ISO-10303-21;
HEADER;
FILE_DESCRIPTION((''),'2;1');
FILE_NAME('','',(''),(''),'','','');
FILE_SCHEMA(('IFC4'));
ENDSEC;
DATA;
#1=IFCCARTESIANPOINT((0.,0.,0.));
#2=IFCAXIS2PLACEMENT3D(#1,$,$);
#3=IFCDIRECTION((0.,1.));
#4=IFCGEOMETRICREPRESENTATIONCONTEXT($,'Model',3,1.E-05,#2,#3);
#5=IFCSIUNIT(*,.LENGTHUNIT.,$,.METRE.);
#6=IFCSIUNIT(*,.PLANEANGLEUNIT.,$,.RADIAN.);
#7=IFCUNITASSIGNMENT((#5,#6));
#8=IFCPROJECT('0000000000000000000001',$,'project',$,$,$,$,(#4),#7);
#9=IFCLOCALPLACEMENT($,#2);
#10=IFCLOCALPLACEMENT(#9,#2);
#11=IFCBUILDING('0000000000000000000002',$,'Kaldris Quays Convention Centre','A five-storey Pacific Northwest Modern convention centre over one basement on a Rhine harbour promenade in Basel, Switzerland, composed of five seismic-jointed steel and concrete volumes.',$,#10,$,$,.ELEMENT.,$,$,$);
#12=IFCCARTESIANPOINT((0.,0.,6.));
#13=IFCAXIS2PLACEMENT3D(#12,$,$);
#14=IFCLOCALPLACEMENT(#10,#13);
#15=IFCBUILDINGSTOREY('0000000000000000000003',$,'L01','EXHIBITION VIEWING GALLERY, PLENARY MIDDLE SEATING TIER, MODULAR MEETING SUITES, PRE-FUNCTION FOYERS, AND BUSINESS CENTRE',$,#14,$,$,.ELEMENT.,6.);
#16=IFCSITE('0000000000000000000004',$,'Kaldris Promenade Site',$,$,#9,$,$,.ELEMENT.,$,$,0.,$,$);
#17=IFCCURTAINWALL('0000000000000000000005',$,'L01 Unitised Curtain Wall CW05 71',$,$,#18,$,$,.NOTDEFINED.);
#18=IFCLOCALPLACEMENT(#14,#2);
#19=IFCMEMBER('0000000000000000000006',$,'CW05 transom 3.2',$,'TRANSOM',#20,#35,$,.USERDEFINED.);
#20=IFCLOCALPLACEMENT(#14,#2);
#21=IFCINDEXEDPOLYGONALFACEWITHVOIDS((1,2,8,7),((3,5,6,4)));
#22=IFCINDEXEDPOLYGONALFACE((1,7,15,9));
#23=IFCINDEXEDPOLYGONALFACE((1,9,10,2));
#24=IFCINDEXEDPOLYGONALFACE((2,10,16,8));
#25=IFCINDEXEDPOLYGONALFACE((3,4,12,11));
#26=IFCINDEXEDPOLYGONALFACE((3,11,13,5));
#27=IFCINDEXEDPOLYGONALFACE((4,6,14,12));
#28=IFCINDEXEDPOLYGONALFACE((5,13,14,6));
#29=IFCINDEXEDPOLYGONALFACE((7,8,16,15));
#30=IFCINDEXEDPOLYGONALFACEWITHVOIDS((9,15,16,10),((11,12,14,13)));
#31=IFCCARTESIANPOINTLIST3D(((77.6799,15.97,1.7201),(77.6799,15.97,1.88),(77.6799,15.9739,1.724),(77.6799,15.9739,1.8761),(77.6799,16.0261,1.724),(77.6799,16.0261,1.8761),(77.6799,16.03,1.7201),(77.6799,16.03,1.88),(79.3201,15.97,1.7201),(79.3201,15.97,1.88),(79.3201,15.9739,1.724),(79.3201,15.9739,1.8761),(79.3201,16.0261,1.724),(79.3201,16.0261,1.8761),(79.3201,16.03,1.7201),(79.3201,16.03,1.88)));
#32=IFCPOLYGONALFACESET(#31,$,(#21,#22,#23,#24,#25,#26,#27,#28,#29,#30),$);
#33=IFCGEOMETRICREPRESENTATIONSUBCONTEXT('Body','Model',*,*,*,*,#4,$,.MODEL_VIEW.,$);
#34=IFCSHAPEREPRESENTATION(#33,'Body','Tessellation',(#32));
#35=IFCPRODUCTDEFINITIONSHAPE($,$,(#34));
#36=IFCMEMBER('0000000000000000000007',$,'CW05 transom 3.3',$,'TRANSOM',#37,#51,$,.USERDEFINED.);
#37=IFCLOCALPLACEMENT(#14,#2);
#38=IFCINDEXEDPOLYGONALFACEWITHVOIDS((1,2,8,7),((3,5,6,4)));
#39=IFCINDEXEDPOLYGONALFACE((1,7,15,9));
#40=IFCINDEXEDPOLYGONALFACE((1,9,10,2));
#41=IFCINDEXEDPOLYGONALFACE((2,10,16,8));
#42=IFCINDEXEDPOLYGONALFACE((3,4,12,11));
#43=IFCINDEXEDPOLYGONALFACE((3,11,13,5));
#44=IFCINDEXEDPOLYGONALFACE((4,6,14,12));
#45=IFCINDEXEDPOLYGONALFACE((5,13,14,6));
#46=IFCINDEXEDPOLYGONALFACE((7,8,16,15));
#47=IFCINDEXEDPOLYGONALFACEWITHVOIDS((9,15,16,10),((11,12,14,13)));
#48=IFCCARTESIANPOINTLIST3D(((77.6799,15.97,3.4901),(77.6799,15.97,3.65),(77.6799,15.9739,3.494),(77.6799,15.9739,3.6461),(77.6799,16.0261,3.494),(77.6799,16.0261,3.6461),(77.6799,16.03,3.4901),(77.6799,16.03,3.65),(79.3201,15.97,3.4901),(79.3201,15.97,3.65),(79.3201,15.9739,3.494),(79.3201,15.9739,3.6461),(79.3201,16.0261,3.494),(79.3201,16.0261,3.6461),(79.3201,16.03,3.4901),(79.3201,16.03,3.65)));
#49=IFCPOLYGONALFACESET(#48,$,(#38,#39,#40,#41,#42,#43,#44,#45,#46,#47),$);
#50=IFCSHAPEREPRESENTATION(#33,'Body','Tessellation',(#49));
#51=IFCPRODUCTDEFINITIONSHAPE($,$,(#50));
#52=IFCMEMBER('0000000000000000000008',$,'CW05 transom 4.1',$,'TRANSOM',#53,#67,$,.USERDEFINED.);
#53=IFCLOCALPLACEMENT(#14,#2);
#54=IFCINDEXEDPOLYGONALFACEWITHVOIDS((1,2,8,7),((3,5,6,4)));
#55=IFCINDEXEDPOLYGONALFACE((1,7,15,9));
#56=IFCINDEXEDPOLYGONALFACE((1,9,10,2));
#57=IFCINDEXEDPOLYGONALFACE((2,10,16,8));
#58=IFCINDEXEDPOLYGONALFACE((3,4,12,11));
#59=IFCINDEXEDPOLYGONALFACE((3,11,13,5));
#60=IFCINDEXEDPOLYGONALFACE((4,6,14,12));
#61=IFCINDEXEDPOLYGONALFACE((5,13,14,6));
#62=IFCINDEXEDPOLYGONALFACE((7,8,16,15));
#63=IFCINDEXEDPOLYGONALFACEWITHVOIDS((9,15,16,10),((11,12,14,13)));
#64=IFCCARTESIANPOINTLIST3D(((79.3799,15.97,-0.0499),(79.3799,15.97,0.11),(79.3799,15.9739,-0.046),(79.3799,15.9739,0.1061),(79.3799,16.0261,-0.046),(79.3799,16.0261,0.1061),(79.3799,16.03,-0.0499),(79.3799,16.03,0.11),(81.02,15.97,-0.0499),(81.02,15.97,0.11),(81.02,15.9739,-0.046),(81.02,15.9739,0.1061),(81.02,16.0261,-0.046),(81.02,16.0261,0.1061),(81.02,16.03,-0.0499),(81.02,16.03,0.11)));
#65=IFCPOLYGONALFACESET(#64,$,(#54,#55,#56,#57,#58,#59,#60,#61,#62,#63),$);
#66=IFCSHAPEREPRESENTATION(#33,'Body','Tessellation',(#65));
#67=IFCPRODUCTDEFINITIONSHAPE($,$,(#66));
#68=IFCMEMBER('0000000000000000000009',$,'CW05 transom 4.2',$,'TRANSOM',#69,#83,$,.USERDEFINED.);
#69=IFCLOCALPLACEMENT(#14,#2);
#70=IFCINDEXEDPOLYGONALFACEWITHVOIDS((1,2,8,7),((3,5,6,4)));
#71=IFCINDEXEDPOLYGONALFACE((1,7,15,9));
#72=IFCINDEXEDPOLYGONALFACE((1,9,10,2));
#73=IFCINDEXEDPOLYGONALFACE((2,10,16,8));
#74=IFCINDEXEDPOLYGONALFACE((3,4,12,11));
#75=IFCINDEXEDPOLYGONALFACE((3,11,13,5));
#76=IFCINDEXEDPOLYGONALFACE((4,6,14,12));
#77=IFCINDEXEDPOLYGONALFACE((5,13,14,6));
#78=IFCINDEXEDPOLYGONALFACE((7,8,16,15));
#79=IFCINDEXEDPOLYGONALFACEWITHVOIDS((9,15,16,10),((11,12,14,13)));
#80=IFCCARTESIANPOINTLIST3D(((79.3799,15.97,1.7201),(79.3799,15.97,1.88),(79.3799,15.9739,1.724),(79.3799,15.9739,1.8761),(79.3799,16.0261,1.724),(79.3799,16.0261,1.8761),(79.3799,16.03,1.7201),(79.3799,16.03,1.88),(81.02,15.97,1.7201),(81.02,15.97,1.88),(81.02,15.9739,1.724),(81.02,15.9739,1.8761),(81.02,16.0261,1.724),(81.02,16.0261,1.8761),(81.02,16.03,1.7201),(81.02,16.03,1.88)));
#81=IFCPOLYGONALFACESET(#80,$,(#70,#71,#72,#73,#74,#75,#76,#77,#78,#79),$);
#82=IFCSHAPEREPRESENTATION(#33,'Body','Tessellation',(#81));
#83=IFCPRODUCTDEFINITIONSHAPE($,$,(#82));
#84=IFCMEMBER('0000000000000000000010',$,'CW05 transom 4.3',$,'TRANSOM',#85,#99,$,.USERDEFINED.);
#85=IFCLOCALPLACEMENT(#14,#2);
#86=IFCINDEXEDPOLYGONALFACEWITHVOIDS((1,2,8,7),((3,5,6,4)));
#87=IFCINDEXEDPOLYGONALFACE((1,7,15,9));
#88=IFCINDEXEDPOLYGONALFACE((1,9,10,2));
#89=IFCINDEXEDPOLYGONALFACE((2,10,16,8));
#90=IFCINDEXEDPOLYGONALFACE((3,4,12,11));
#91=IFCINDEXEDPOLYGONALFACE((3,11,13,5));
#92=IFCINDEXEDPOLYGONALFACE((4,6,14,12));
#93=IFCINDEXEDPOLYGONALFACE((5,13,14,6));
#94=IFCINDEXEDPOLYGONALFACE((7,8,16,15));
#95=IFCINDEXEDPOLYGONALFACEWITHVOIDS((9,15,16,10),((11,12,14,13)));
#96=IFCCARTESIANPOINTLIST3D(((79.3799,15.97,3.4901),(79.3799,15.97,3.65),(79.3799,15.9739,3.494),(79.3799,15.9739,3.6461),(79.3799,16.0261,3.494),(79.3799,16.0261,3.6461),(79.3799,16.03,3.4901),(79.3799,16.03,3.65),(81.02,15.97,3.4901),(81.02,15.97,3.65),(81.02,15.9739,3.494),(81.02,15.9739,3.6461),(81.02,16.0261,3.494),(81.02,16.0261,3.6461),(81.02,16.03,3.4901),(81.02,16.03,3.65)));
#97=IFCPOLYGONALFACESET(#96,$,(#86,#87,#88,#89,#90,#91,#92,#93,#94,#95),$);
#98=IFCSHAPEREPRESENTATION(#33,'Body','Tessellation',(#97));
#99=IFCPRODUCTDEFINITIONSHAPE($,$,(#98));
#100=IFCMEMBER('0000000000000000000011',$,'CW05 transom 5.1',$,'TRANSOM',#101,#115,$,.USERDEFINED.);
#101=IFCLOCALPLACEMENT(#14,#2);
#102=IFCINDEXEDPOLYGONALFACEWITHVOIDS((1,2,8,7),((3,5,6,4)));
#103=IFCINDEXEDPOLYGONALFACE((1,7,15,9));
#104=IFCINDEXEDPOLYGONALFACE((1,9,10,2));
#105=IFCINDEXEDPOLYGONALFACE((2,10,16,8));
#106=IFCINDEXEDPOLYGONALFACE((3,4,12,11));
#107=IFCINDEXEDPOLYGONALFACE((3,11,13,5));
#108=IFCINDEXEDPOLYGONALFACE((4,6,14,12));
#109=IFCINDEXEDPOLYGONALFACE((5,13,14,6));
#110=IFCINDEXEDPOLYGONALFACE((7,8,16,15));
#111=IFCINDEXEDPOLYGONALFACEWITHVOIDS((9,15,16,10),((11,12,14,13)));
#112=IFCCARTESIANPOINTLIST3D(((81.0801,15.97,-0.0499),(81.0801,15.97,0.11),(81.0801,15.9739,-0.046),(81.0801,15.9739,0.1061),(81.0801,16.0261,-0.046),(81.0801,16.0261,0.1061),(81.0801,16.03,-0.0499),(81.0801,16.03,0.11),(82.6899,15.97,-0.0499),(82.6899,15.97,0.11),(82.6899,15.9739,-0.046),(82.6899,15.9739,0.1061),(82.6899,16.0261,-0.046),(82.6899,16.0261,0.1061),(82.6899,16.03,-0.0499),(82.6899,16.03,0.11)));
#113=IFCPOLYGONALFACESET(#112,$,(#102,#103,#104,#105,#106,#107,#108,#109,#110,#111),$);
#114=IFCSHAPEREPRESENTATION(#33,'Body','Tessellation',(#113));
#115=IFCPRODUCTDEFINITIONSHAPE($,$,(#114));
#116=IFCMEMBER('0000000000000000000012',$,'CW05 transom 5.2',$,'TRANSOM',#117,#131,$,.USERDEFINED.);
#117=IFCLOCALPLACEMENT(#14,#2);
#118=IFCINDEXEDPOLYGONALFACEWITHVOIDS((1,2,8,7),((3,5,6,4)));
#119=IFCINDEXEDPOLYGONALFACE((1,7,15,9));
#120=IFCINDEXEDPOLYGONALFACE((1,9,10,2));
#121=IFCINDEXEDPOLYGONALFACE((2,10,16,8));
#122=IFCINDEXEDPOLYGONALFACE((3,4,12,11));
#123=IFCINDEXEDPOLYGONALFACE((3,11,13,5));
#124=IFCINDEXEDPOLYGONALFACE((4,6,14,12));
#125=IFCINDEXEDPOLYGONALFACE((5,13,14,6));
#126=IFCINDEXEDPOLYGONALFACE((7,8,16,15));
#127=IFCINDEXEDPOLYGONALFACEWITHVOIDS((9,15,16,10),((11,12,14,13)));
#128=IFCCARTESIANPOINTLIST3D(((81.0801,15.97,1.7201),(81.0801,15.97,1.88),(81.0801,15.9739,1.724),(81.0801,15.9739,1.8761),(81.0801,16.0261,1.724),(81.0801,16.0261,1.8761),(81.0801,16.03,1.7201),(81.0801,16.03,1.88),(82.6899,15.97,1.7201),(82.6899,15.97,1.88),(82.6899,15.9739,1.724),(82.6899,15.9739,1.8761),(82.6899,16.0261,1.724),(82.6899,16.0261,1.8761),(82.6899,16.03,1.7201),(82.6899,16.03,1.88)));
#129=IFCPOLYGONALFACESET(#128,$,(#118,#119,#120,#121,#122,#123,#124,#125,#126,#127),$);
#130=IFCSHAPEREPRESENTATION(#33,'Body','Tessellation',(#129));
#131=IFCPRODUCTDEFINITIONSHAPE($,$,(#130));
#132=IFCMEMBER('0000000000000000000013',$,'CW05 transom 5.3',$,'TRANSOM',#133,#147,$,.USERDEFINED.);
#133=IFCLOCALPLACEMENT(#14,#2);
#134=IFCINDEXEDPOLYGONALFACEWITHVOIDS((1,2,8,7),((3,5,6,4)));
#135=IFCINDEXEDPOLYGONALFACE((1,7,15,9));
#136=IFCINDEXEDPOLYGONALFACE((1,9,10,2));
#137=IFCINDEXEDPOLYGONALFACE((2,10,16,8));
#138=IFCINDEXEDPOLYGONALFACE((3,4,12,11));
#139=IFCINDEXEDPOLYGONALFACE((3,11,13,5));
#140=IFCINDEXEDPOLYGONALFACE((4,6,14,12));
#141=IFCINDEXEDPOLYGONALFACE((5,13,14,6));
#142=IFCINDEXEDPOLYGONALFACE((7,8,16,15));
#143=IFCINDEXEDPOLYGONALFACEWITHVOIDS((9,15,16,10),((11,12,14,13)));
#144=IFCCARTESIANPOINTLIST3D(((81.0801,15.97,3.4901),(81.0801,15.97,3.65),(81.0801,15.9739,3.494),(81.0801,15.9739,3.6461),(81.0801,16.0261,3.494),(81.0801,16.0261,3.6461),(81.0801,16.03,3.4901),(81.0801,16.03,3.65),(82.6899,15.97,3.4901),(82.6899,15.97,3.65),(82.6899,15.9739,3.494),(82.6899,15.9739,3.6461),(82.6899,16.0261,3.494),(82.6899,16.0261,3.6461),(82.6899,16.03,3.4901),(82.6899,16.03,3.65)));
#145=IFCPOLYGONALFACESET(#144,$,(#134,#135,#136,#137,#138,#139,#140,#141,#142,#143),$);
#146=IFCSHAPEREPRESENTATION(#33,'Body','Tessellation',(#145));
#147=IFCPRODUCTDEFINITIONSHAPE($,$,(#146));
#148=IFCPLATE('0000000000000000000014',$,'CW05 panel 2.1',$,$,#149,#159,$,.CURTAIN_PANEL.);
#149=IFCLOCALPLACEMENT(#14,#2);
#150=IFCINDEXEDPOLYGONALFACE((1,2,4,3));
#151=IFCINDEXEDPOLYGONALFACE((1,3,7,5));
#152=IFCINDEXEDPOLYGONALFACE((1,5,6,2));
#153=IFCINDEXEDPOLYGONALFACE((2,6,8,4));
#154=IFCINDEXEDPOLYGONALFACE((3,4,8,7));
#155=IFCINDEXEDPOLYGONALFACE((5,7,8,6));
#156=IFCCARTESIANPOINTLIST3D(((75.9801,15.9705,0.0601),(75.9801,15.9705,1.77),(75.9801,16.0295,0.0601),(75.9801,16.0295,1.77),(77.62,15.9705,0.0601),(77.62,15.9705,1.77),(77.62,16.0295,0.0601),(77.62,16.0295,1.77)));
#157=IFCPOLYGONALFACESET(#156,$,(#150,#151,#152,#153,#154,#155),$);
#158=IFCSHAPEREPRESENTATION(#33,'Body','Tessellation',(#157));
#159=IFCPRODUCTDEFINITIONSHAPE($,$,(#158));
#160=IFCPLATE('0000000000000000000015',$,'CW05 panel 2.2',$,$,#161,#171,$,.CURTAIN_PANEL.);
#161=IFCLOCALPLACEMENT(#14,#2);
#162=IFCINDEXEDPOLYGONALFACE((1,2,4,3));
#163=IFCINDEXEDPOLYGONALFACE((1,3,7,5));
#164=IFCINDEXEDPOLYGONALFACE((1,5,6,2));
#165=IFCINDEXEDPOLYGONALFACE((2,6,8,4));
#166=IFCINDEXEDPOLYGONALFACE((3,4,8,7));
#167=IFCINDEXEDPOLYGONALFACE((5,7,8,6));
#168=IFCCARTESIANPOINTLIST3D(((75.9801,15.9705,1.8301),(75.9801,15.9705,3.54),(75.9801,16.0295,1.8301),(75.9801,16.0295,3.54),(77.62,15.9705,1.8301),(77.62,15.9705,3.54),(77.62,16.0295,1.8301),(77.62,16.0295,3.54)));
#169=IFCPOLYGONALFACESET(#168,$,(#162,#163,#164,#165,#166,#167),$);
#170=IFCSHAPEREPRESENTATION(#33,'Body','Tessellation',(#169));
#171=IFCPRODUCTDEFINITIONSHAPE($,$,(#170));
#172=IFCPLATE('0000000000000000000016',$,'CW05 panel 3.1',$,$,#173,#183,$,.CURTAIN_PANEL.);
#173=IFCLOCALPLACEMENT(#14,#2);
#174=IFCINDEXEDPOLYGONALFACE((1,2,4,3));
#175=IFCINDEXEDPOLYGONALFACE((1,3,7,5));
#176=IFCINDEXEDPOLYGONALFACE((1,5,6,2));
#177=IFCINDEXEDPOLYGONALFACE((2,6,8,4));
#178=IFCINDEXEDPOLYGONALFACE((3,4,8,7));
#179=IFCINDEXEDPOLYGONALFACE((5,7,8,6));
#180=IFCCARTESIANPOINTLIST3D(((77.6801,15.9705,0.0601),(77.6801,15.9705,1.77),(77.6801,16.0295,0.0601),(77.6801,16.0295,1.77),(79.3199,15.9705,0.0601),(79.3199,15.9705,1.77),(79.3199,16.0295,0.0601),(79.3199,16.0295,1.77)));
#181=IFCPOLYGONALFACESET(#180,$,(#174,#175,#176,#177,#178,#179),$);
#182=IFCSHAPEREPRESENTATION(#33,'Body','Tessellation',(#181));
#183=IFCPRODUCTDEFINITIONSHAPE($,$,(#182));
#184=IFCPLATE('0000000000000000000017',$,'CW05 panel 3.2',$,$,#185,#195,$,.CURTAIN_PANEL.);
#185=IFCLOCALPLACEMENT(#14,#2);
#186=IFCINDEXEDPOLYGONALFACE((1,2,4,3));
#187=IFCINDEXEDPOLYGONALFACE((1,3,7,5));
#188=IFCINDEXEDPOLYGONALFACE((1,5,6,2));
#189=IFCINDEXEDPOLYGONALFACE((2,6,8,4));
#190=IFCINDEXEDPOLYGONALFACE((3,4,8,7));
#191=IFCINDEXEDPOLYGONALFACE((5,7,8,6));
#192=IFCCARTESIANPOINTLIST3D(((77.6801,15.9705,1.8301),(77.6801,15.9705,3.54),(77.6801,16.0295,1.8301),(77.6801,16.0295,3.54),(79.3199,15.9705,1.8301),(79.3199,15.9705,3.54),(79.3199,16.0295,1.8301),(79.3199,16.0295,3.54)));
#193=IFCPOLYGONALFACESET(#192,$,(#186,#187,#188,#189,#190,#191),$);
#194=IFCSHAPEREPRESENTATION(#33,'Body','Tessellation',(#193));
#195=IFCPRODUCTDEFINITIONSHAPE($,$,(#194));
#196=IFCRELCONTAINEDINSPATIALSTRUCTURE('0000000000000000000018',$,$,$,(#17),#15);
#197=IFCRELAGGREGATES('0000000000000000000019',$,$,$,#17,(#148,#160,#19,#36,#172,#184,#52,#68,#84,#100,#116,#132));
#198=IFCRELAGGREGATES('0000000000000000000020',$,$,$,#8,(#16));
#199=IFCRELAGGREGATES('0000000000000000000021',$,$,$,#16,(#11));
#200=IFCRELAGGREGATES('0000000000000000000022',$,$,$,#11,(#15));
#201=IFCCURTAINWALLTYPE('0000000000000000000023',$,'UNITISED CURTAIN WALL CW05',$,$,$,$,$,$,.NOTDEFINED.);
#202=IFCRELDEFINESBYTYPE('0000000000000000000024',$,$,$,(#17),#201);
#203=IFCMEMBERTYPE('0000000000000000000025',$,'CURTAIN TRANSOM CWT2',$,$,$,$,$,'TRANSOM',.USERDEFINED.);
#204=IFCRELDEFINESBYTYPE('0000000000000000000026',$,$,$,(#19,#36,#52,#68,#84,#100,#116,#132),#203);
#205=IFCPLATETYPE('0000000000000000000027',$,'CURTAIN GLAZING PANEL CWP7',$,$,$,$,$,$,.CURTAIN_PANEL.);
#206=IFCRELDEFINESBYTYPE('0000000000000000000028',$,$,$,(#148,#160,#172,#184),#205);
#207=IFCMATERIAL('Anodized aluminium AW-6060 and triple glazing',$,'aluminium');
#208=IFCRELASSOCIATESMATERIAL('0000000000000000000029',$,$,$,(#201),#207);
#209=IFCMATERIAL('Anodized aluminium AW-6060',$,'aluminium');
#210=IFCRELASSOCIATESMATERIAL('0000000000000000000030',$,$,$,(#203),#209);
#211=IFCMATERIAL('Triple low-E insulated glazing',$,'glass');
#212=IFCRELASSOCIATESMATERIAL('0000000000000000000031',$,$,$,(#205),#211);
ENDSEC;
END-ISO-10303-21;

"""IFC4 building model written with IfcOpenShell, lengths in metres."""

from ifc_helpers import new_model, si_unit, direction, frame, origin, origin_2d, place, context, subcontext, project, spatial, rectangle, hollow_rectangle, extrude, material, material_profile, profile_set, type_object, element, aggregate, save


model = new_model("IFC4")

# Units and contexts
model_context = context("Model", 3, precision=1e-05, world=origin(), true_north=direction((0.0, 1.0)))
body_context = subcontext(model_context, "Body", "Model", "MODEL_VIEW")
ifc_project = project(units=[si_unit("LENGTHUNIT", "METRE"), si_unit("PLANEANGLEUNIT", "RADIAN")], contexts=[model_context])

# Site, building, storey
site_placement = place(None, origin())
site = spatial("IfcSite", under=ifc_project, at=site_placement, Name="Kaldris Promenade Site", CompositionType="ELEMENT", RefElevation=0.0)
building_placement = place(site_placement, origin())
building = spatial("IfcBuilding", under=site, at=building_placement, Name="Kaldris Quays Convention Centre", Description="A five-storey Pacific Northwest Modern convention centre over one basement on a Rhine harbour promenade in Basel, Switzerland, composed of five seismic-jointed steel and concrete volumes.", CompositionType="ELEMENT")
storey_placement = place(building_placement, frame((0.0, 0.0, 6.0)))
storey = spatial("IfcBuildingStorey", under=building, at=storey_placement, Name="L01", Description="EXHIBITION VIEWING GALLERY, PLENARY MIDDLE SEATING TIER, MODULAR MEETING SUITES, PRE-FUNCTION FOYERS, AND BUSINESS CENTRE", CompositionType="ELEMENT", Elevation=6.0)

# Curtain wall, members, plates
ifc_material_1 = material(Name="Anodized aluminium AW-6060 and triple glazing", Category="aluminium")
curtain_wall_type = type_object("IfcCurtainWallType", Name="UNITISED CURTAIN WALL CW05", PredefinedType="NOTDEFINED", material=ifc_material_1)
curtain_wall_placement = place(storey_placement, origin())
curtain_wall = element("IfcCurtainWall", 1, at=curtain_wall_placement, inside=storey, type_object=curtain_wall_type, Name="L01 Unitised Curtain Wall CW05 71", PredefinedType="NOTDEFINED")
ifc_material_2 = material(Name="Anodized aluminium AW-6060", Category="aluminium")
ifc_material_profile_1 = material_profile(ifc_material_2, hollow_rectangle(XDim=0.0601, YDim=0.1599, WallThickness=0.0039, at=origin_2d()), Name="RHS 160x60x4")
ifc_profile_set_1 = profile_set([ifc_material_profile_1], Name="Anodized aluminium AW-6060")
member_type_1 = type_object("IfcMemberType", Name="CURTAIN TRANSOM CWT2", ElementType="TRANSOM", PredefinedType="USERDEFINED", material=ifc_profile_set_1)
member_1_placement = place(storey_placement, frame((77.6799, 16.0, 1.8), z_axis=(1.0, 0.0, 0.0), x_axis=(0.0, 1.0, 0.0)))
member_1 = element("IfcMember", 2, at=member_1_placement, type_object=member_type_1, Name="CW05 transom 3.2", ObjectType="TRANSOM", PredefinedType="USERDEFINED", context=body_context, shape_type="SweptSolid", body=[
    extrude(hollow_rectangle(XDim=0.0601, YDim=0.1599, WallThickness=0.0039, at=origin_2d()), origin(), (0.0, 0.0, 1.0), 1.6401),
])
member_2_placement = place(storey_placement, frame((77.6799, 16.0, 3.5701), z_axis=(1.0, 0.0, 0.0), x_axis=(0.0, 1.0, 0.0)))
member_2 = element("IfcMember", 3, at=member_2_placement, type_object=member_type_1, Name="CW05 transom 3.3", ObjectType="TRANSOM", PredefinedType="USERDEFINED", context=body_context, shape_type="SweptSolid", body=[
    extrude(hollow_rectangle(XDim=0.0601, YDim=0.1599, WallThickness=0.0039, at=origin_2d()), origin(), (0.0, 0.0, 1.0), 1.6401),
])
member_3_placement = place(storey_placement, frame((79.3799, 16.0, 0.03), z_axis=(1.0, 0.0, 0.0), x_axis=(0.0, 1.0, 0.0)))
member_3 = element("IfcMember", 4, at=member_3_placement, type_object=member_type_1, Name="CW05 transom 4.1", ObjectType="TRANSOM", PredefinedType="USERDEFINED", context=body_context, shape_type="SweptSolid", body=[
    extrude(hollow_rectangle(XDim=0.0601, YDim=0.1599, WallThickness=0.0039, at=origin_2d()), origin(), (0.0, 0.0, 1.0), 1.6401),
])
member_4_placement = place(storey_placement, frame((79.3799, 16.0, 1.8), z_axis=(1.0, 0.0, 0.0), x_axis=(0.0, 1.0, 0.0)))
member_4 = element("IfcMember", 5, at=member_4_placement, type_object=member_type_1, Name="CW05 transom 4.2", ObjectType="TRANSOM", PredefinedType="USERDEFINED", context=body_context, shape_type="SweptSolid", body=[
    extrude(hollow_rectangle(XDim=0.0601, YDim=0.1599, WallThickness=0.0039, at=origin_2d()), origin(), (0.0, 0.0, 1.0), 1.6401),
])
member_5_placement = place(storey_placement, frame((79.3799, 16.0, 3.5701), z_axis=(1.0, 0.0, 0.0), x_axis=(0.0, 1.0, 0.0)))
member_5 = element("IfcMember", 6, at=member_5_placement, type_object=member_type_1, Name="CW05 transom 4.3", ObjectType="TRANSOM", PredefinedType="USERDEFINED", context=body_context, shape_type="SweptSolid", body=[
    extrude(hollow_rectangle(XDim=0.0601, YDim=0.1599, WallThickness=0.0039, at=origin_2d()), origin(), (0.0, 0.0, 1.0), 1.6401),
])
member_6_placement = place(storey_placement, frame((81.0801, 16.0, 0.03), z_axis=(1.0, 0.0, 0.0), x_axis=(0.0, 1.0, 0.0)))
member_6 = element("IfcMember", 7, at=member_6_placement, type_object=member_type_1, Name="CW05 transom 5.1", ObjectType="TRANSOM", PredefinedType="USERDEFINED", context=body_context, shape_type="SweptSolid", body=[
    extrude(hollow_rectangle(XDim=0.0601, YDim=0.1599, WallThickness=0.0039, at=origin_2d()), origin(), (0.0, 0.0, 1.0), 1.6099),
])
member_7_placement = place(storey_placement, frame((81.0801, 16.0, 1.8), z_axis=(1.0, 0.0, 0.0), x_axis=(0.0, 1.0, 0.0)))
member_7 = element("IfcMember", 8, at=member_7_placement, type_object=member_type_1, Name="CW05 transom 5.2", ObjectType="TRANSOM", PredefinedType="USERDEFINED", context=body_context, shape_type="SweptSolid", body=[
    extrude(hollow_rectangle(XDim=0.0601, YDim=0.1599, WallThickness=0.0039, at=origin_2d()), origin(), (0.0, 0.0, 1.0), 1.6099),
])
member_8_placement = place(storey_placement, frame((81.0801, 16.0, 3.5701), z_axis=(1.0, 0.0, 0.0), x_axis=(0.0, 1.0, 0.0)))
member_8 = element("IfcMember", 9, at=member_8_placement, type_object=member_type_1, Name="CW05 transom 5.3", ObjectType="TRANSOM", PredefinedType="USERDEFINED", context=body_context, shape_type="SweptSolid", body=[
    extrude(hollow_rectangle(XDim=0.0601, YDim=0.1599, WallThickness=0.0039, at=origin_2d()), origin(), (0.0, 0.0, 1.0), 1.6099),
])
ifc_material_3 = material(Name="Triple low-E insulated glazing", Category="glass")
plate_type = type_object("IfcPlateType", Name="CURTAIN GLAZING PANEL CWP7", PredefinedType="CURTAIN_PANEL", material=ifc_material_3)
plate_1_placement = place(storey_placement, frame((76.8, 16.0, 0.0601), z_axis=(0.0, 0.0, 1.0), x_axis=(1.0, 0.0, 0.0)))
plate_1 = element("IfcPlate", 10, at=plate_1_placement, type_object=plate_type, Name="CW05 panel 2.1", PredefinedType="CURTAIN_PANEL", context=body_context, shape_type="SweptSolid", body=[
    extrude(rectangle(XDim=1.6399, YDim=0.0591, at=origin_2d()), origin(), (0.0, 0.0, 1.0), 1.71),
])
plate_2_placement = place(storey_placement, frame((76.8, 16.0, 1.8301), z_axis=(0.0, 0.0, 1.0), x_axis=(1.0, 0.0, 0.0)))
plate_2 = element("IfcPlate", 11, at=plate_2_placement, type_object=plate_type, Name="CW05 panel 2.2", PredefinedType="CURTAIN_PANEL", context=body_context, shape_type="SweptSolid", body=[
    extrude(rectangle(XDim=1.6399, YDim=0.0591, at=origin_2d()), origin(), (0.0, 0.0, 1.0), 1.71),
])
plate_3_placement = place(storey_placement, frame((78.5, 16.0, 0.0601), z_axis=(0.0, 0.0, 1.0), x_axis=(1.0, 0.0, 0.0)))
plate_3 = element("IfcPlate", 12, at=plate_3_placement, type_object=plate_type, Name="CW05 panel 3.1", PredefinedType="CURTAIN_PANEL", context=body_context, shape_type="SweptSolid", body=[
    extrude(rectangle(XDim=1.6399, YDim=0.0591, at=origin_2d()), origin(), (0.0, 0.0, 1.0), 1.71),
])
plate_4_placement = place(storey_placement, frame((78.5, 16.0, 1.8301), z_axis=(0.0, 0.0, 1.0), x_axis=(1.0, 0.0, 0.0)))
plate_4 = element("IfcPlate", 13, at=plate_4_placement, type_object=plate_type, Name="CW05 panel 3.2", PredefinedType="CURTAIN_PANEL", context=body_context, shape_type="SweptSolid", body=[
    extrude(rectangle(XDim=1.6399, YDim=0.0591, at=origin_2d()), origin(), (0.0, 0.0, 1.0), 1.71),
])
aggregate(curtain_wall, [plate_1, plate_2, member_1, member_2, plate_3, plate_4, member_3, member_4, member_5, member_6, member_7, member_8])

save(model, "model.ifc")
